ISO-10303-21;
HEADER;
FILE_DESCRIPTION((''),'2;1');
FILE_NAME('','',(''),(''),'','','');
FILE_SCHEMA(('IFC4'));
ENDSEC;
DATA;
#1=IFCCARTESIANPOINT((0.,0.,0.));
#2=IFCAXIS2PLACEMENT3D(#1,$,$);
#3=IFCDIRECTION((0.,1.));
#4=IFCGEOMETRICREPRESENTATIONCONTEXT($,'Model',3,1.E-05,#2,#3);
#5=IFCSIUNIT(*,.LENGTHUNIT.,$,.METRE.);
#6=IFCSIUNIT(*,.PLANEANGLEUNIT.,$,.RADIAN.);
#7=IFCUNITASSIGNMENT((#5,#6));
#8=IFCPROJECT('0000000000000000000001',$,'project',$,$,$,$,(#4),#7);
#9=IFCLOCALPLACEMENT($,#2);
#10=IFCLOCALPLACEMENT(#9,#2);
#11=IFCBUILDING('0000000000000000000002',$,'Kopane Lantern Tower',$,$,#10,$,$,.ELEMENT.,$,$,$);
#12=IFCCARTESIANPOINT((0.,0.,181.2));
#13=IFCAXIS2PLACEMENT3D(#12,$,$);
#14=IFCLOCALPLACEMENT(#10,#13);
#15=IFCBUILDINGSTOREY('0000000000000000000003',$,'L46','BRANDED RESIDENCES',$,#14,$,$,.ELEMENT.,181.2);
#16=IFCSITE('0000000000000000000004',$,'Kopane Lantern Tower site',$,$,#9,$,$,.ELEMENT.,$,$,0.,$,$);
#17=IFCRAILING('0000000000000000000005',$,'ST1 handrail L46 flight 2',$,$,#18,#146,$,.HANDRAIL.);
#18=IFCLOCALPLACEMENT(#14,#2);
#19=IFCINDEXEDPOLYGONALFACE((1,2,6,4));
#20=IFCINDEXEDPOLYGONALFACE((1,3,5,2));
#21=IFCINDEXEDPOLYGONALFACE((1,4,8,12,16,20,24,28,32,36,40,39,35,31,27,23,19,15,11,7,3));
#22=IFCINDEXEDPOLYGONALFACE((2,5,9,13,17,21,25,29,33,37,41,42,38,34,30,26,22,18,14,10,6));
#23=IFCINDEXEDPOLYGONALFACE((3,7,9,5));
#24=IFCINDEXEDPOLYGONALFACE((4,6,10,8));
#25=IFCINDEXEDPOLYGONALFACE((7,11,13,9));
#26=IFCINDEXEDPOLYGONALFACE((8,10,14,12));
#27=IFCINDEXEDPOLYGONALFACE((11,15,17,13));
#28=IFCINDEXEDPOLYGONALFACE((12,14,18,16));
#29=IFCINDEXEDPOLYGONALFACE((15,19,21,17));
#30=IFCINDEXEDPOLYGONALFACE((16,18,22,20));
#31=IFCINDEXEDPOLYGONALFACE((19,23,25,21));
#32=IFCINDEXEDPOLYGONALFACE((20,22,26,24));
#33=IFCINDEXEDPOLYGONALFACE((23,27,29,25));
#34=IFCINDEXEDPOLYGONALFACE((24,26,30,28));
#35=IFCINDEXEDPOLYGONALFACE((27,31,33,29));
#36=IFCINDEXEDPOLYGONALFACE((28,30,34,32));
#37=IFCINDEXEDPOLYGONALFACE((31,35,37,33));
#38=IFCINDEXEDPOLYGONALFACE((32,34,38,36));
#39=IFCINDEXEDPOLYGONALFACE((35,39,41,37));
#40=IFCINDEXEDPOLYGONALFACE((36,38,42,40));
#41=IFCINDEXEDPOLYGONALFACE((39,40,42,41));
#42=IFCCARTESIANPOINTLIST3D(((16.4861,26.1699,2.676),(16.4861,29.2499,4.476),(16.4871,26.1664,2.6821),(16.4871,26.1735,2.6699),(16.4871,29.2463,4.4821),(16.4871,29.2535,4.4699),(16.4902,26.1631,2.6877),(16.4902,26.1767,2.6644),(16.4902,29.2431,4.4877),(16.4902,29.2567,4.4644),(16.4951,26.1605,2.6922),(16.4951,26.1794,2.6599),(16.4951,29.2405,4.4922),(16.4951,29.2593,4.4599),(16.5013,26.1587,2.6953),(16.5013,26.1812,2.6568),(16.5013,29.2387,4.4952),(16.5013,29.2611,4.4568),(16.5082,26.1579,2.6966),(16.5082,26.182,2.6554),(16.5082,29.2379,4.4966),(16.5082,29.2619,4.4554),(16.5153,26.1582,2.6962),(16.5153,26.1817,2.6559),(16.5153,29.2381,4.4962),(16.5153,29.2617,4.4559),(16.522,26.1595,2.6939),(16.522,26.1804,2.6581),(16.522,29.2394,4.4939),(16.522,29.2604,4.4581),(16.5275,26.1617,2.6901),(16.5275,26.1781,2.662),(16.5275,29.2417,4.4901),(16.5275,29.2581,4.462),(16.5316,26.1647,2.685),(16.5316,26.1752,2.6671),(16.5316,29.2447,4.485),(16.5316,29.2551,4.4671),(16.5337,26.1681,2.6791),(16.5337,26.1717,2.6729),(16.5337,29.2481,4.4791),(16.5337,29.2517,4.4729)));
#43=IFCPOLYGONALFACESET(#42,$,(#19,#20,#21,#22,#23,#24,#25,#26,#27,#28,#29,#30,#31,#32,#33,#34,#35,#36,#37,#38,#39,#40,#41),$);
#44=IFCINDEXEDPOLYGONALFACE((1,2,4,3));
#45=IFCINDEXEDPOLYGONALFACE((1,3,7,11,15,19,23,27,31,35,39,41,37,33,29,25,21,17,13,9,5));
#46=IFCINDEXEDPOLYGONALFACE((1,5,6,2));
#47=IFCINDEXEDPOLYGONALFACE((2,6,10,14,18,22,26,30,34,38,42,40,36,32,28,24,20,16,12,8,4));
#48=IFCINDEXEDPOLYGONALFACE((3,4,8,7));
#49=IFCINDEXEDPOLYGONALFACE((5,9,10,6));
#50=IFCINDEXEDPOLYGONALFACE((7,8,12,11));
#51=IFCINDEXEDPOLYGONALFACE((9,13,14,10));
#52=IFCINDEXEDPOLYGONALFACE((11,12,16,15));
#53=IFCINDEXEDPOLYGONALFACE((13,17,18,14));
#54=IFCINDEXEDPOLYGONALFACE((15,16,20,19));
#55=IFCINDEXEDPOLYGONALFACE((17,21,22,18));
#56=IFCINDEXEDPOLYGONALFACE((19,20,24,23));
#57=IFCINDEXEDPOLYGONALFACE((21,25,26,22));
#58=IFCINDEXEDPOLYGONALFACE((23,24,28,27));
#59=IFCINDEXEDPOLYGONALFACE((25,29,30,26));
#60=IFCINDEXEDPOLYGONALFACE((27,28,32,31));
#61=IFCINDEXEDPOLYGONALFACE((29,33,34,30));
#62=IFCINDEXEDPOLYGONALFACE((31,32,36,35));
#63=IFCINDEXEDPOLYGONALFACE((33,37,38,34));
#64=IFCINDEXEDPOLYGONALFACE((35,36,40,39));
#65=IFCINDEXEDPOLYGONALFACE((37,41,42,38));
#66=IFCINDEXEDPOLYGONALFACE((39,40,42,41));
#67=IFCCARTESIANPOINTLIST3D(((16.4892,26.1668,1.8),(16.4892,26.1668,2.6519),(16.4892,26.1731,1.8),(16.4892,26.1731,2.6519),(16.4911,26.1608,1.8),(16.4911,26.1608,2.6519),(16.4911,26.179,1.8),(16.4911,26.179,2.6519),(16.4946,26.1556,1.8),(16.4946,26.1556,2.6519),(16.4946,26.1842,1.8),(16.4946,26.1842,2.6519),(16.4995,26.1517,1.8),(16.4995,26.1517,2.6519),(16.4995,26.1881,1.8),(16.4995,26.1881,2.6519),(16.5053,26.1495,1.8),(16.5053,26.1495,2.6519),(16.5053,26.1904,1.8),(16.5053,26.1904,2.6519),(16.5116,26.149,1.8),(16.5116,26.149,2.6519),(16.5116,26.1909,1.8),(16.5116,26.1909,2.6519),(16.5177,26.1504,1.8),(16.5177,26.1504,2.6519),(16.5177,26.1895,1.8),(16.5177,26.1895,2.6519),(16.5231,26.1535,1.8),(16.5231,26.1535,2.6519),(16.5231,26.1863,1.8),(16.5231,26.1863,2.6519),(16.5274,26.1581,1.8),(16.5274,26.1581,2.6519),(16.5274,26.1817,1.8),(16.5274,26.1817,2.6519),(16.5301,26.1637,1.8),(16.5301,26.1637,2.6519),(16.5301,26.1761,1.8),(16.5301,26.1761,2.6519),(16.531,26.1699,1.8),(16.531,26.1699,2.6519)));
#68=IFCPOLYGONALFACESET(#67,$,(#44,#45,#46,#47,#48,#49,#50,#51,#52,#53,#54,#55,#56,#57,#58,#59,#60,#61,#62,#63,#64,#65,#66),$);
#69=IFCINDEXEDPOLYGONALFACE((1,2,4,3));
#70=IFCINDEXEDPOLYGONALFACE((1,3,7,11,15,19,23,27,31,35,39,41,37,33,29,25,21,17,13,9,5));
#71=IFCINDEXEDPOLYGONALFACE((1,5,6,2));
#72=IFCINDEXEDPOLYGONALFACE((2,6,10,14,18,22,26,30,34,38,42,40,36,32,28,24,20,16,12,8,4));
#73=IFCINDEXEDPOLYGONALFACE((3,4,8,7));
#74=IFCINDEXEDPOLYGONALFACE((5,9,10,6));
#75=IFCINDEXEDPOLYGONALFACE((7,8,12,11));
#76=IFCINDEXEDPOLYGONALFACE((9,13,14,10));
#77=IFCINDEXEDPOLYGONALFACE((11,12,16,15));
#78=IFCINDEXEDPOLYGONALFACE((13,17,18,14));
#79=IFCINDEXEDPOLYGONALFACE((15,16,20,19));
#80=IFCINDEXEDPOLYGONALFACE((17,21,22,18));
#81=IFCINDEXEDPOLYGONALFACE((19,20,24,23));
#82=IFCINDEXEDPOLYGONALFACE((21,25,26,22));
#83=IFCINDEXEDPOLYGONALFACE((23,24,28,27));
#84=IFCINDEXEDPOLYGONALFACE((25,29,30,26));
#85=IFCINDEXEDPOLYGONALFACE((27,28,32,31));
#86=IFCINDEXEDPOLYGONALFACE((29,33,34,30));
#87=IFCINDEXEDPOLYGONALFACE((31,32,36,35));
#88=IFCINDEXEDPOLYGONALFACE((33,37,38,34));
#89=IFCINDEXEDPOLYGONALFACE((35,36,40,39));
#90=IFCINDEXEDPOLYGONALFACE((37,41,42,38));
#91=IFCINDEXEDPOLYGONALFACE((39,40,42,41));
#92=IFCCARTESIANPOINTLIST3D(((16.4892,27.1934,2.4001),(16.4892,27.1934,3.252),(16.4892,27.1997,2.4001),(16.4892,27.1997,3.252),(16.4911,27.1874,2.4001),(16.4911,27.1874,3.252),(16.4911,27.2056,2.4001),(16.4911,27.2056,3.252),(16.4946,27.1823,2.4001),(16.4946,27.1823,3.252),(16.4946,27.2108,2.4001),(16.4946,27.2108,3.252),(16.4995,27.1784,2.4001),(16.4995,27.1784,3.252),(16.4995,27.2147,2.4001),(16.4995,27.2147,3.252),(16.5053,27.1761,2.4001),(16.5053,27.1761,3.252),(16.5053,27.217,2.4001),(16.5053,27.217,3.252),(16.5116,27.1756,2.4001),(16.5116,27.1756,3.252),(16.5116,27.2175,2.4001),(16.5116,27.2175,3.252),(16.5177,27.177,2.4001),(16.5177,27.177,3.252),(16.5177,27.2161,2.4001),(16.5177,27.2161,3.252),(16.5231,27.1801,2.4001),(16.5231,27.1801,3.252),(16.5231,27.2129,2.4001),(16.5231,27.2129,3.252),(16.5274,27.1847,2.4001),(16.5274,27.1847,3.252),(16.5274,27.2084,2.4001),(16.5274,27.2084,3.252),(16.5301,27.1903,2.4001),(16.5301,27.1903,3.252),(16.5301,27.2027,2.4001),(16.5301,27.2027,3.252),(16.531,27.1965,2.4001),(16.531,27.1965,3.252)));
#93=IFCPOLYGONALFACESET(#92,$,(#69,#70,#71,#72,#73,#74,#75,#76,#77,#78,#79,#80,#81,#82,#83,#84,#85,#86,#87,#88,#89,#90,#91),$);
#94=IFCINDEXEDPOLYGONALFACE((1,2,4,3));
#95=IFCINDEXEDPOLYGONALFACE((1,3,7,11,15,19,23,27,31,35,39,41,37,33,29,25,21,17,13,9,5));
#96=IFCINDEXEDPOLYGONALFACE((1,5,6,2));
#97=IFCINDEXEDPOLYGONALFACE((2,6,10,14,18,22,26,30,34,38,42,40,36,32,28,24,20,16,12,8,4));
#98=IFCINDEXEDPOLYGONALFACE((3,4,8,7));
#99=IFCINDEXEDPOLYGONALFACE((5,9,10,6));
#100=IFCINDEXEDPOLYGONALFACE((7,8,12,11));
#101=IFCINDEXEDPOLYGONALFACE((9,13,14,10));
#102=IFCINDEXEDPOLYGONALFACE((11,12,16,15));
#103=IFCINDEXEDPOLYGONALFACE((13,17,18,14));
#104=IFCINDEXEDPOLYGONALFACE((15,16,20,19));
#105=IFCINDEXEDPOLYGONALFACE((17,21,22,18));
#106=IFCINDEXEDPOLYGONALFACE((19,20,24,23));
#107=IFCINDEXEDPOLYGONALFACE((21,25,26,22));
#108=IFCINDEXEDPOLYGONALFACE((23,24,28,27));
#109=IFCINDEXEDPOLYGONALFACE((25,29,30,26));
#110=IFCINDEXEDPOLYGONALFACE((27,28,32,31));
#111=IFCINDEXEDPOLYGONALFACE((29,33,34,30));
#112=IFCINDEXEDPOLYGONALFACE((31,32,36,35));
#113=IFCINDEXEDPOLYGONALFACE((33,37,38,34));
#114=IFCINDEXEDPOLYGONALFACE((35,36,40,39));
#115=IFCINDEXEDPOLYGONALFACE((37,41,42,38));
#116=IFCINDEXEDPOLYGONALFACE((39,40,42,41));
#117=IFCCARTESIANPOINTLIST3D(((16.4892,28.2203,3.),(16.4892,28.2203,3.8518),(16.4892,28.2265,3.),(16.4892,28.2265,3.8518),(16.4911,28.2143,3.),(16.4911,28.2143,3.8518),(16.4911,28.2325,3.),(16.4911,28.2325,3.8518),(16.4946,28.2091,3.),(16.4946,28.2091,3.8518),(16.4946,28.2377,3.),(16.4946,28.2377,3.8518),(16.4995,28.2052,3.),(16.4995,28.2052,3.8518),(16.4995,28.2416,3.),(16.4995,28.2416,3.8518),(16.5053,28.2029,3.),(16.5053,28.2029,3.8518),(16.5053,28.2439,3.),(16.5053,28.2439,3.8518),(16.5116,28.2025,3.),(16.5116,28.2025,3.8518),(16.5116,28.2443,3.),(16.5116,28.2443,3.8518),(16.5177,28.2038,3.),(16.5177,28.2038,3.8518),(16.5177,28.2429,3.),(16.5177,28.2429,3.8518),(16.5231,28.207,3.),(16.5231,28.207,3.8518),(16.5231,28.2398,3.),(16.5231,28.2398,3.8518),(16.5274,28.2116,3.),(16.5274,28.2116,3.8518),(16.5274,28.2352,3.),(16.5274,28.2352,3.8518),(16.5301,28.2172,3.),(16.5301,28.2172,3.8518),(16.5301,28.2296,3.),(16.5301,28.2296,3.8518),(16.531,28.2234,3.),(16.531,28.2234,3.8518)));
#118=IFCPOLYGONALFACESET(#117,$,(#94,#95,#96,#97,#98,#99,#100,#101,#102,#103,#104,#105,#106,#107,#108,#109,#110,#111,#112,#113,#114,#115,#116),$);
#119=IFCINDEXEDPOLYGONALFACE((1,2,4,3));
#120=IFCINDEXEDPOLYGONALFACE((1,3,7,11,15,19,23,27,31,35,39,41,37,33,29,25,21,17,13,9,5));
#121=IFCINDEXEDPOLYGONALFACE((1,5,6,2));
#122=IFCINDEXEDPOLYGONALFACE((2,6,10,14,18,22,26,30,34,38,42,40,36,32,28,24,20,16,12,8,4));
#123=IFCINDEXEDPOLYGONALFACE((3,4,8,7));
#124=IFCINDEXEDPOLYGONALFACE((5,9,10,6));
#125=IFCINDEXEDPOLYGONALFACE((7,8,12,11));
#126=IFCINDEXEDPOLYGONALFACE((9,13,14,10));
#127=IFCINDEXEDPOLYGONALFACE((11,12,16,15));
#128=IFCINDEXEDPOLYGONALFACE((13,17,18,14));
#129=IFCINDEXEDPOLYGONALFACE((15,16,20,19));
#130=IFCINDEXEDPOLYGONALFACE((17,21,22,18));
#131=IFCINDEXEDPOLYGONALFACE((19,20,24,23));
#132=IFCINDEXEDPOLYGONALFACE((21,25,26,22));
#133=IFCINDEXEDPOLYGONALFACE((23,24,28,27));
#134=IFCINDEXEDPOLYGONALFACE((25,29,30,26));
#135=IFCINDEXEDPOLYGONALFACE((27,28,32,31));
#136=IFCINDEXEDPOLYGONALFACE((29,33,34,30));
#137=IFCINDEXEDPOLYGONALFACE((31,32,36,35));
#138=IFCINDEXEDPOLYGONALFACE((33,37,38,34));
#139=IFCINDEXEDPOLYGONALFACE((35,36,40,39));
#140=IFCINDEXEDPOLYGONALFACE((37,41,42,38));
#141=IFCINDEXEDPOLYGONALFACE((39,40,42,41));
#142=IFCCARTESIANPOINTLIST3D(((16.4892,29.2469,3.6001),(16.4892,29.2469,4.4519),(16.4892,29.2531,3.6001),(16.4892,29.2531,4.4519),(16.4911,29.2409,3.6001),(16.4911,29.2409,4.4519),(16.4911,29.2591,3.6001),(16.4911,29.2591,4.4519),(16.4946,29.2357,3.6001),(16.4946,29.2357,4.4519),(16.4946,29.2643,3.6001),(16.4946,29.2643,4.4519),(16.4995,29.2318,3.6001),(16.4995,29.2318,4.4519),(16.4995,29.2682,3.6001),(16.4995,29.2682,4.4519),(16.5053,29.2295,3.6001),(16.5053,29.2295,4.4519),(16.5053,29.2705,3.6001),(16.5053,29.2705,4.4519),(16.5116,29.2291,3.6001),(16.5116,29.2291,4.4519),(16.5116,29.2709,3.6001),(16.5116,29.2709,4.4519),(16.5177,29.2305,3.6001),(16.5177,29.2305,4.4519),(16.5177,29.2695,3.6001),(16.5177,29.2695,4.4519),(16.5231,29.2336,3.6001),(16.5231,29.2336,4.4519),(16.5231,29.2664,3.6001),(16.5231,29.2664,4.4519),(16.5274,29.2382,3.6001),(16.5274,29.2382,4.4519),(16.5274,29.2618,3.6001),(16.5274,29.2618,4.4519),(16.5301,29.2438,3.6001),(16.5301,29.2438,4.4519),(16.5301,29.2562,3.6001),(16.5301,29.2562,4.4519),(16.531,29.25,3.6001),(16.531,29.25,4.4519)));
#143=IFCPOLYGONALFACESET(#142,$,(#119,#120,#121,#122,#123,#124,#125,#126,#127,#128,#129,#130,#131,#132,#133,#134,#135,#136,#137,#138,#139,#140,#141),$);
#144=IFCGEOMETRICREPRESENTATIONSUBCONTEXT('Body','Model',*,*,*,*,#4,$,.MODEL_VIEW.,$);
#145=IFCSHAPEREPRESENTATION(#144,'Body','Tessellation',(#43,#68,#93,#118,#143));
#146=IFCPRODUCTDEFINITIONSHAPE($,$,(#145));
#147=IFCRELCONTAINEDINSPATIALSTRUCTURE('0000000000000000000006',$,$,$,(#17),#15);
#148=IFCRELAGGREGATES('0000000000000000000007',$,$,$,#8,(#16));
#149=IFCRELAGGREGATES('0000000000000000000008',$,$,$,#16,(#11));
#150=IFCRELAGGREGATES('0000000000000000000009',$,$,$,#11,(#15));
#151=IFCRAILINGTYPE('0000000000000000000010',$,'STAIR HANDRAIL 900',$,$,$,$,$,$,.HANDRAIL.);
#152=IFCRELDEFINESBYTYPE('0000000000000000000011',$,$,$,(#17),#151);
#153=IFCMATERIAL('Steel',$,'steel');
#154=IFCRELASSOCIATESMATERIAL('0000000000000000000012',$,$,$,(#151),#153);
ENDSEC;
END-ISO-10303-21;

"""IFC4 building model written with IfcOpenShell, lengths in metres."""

from ifc_helpers import new_model, si_unit, direction, frame, origin, origin_2d, place, context, subcontext, project, spatial, circle, extrude, material, type_object, element, save


model = new_model("IFC4")

# Units and contexts
model_context = context("Model", 3, precision=1e-05, world=origin(), true_north=direction((0.0, 1.0)))
body_context = subcontext(model_context, "Body", "Model", "MODEL_VIEW")
ifc_project = project(units=[si_unit("LENGTHUNIT", "METRE"), si_unit("PLANEANGLEUNIT", "RADIAN")], contexts=[model_context])

# Site, building, storey
site_placement = place(None, origin())
site = spatial("IfcSite", under=ifc_project, at=site_placement, Name="Kopane Lantern Tower site", CompositionType="ELEMENT", RefElevation=0.0)
building_placement = place(site_placement, origin())
building = spatial("IfcBuilding", under=site, at=building_placement, Name="Kopane Lantern Tower", CompositionType="ELEMENT")
storey_placement = place(building_placement, frame((0.0, 0.0, 181.2)))
storey = spatial("IfcBuildingStorey", under=building, at=storey_placement, Name="L46", Description="BRANDED RESIDENCES", CompositionType="ELEMENT", Elevation=181.2)

# Railing
ifc_material_1 = material(Name="Steel", Category="steel")
railing_type_1 = type_object("IfcRailingType", Name="STAIR HANDRAIL 900", PredefinedType="HANDRAIL", material=ifc_material_1)
for number, where, name in (
    (1, (16.51, 26.1699, 1.8), "ST1 handrail L46 flight 2"),
):
    element("IfcRailing", number, at=place(storey_placement, frame(where)), inside=storey, type_object=railing_type_1, Name=name, PredefinedType="HANDRAIL", context=body_context, shape_type="SweptSolid", body=[
        extrude(circle(Radius=0.0239, at=origin_2d()), frame((0.0, 0.0, 0.876), z_axis=(0.0, 0.863372, 0.504569), x_axis=(-1.0, 0.0, 0.0)), (0.0, 0.0, 1.0), 3.5674),
        extrude(circle(Radius=0.021, at=origin_2d()), origin(), (0.0, 0.0, 1.0), 0.8518),
        extrude(circle(Radius=0.021, at=origin_2d()), frame((0.0, 1.0266, 0.6001)), (0.0, 0.0, 1.0), 0.8518),
        extrude(circle(Radius=0.021, at=origin_2d()), frame((0.0, 2.0535, 1.2)), (0.0, 0.0, 1.0), 0.8518),
        extrude(circle(Radius=0.021, at=origin_2d()), frame((0.0, 3.0801, 1.8)), (0.0, 0.0, 1.0), 0.8518),
    ])

save(model, "model.ifc")
